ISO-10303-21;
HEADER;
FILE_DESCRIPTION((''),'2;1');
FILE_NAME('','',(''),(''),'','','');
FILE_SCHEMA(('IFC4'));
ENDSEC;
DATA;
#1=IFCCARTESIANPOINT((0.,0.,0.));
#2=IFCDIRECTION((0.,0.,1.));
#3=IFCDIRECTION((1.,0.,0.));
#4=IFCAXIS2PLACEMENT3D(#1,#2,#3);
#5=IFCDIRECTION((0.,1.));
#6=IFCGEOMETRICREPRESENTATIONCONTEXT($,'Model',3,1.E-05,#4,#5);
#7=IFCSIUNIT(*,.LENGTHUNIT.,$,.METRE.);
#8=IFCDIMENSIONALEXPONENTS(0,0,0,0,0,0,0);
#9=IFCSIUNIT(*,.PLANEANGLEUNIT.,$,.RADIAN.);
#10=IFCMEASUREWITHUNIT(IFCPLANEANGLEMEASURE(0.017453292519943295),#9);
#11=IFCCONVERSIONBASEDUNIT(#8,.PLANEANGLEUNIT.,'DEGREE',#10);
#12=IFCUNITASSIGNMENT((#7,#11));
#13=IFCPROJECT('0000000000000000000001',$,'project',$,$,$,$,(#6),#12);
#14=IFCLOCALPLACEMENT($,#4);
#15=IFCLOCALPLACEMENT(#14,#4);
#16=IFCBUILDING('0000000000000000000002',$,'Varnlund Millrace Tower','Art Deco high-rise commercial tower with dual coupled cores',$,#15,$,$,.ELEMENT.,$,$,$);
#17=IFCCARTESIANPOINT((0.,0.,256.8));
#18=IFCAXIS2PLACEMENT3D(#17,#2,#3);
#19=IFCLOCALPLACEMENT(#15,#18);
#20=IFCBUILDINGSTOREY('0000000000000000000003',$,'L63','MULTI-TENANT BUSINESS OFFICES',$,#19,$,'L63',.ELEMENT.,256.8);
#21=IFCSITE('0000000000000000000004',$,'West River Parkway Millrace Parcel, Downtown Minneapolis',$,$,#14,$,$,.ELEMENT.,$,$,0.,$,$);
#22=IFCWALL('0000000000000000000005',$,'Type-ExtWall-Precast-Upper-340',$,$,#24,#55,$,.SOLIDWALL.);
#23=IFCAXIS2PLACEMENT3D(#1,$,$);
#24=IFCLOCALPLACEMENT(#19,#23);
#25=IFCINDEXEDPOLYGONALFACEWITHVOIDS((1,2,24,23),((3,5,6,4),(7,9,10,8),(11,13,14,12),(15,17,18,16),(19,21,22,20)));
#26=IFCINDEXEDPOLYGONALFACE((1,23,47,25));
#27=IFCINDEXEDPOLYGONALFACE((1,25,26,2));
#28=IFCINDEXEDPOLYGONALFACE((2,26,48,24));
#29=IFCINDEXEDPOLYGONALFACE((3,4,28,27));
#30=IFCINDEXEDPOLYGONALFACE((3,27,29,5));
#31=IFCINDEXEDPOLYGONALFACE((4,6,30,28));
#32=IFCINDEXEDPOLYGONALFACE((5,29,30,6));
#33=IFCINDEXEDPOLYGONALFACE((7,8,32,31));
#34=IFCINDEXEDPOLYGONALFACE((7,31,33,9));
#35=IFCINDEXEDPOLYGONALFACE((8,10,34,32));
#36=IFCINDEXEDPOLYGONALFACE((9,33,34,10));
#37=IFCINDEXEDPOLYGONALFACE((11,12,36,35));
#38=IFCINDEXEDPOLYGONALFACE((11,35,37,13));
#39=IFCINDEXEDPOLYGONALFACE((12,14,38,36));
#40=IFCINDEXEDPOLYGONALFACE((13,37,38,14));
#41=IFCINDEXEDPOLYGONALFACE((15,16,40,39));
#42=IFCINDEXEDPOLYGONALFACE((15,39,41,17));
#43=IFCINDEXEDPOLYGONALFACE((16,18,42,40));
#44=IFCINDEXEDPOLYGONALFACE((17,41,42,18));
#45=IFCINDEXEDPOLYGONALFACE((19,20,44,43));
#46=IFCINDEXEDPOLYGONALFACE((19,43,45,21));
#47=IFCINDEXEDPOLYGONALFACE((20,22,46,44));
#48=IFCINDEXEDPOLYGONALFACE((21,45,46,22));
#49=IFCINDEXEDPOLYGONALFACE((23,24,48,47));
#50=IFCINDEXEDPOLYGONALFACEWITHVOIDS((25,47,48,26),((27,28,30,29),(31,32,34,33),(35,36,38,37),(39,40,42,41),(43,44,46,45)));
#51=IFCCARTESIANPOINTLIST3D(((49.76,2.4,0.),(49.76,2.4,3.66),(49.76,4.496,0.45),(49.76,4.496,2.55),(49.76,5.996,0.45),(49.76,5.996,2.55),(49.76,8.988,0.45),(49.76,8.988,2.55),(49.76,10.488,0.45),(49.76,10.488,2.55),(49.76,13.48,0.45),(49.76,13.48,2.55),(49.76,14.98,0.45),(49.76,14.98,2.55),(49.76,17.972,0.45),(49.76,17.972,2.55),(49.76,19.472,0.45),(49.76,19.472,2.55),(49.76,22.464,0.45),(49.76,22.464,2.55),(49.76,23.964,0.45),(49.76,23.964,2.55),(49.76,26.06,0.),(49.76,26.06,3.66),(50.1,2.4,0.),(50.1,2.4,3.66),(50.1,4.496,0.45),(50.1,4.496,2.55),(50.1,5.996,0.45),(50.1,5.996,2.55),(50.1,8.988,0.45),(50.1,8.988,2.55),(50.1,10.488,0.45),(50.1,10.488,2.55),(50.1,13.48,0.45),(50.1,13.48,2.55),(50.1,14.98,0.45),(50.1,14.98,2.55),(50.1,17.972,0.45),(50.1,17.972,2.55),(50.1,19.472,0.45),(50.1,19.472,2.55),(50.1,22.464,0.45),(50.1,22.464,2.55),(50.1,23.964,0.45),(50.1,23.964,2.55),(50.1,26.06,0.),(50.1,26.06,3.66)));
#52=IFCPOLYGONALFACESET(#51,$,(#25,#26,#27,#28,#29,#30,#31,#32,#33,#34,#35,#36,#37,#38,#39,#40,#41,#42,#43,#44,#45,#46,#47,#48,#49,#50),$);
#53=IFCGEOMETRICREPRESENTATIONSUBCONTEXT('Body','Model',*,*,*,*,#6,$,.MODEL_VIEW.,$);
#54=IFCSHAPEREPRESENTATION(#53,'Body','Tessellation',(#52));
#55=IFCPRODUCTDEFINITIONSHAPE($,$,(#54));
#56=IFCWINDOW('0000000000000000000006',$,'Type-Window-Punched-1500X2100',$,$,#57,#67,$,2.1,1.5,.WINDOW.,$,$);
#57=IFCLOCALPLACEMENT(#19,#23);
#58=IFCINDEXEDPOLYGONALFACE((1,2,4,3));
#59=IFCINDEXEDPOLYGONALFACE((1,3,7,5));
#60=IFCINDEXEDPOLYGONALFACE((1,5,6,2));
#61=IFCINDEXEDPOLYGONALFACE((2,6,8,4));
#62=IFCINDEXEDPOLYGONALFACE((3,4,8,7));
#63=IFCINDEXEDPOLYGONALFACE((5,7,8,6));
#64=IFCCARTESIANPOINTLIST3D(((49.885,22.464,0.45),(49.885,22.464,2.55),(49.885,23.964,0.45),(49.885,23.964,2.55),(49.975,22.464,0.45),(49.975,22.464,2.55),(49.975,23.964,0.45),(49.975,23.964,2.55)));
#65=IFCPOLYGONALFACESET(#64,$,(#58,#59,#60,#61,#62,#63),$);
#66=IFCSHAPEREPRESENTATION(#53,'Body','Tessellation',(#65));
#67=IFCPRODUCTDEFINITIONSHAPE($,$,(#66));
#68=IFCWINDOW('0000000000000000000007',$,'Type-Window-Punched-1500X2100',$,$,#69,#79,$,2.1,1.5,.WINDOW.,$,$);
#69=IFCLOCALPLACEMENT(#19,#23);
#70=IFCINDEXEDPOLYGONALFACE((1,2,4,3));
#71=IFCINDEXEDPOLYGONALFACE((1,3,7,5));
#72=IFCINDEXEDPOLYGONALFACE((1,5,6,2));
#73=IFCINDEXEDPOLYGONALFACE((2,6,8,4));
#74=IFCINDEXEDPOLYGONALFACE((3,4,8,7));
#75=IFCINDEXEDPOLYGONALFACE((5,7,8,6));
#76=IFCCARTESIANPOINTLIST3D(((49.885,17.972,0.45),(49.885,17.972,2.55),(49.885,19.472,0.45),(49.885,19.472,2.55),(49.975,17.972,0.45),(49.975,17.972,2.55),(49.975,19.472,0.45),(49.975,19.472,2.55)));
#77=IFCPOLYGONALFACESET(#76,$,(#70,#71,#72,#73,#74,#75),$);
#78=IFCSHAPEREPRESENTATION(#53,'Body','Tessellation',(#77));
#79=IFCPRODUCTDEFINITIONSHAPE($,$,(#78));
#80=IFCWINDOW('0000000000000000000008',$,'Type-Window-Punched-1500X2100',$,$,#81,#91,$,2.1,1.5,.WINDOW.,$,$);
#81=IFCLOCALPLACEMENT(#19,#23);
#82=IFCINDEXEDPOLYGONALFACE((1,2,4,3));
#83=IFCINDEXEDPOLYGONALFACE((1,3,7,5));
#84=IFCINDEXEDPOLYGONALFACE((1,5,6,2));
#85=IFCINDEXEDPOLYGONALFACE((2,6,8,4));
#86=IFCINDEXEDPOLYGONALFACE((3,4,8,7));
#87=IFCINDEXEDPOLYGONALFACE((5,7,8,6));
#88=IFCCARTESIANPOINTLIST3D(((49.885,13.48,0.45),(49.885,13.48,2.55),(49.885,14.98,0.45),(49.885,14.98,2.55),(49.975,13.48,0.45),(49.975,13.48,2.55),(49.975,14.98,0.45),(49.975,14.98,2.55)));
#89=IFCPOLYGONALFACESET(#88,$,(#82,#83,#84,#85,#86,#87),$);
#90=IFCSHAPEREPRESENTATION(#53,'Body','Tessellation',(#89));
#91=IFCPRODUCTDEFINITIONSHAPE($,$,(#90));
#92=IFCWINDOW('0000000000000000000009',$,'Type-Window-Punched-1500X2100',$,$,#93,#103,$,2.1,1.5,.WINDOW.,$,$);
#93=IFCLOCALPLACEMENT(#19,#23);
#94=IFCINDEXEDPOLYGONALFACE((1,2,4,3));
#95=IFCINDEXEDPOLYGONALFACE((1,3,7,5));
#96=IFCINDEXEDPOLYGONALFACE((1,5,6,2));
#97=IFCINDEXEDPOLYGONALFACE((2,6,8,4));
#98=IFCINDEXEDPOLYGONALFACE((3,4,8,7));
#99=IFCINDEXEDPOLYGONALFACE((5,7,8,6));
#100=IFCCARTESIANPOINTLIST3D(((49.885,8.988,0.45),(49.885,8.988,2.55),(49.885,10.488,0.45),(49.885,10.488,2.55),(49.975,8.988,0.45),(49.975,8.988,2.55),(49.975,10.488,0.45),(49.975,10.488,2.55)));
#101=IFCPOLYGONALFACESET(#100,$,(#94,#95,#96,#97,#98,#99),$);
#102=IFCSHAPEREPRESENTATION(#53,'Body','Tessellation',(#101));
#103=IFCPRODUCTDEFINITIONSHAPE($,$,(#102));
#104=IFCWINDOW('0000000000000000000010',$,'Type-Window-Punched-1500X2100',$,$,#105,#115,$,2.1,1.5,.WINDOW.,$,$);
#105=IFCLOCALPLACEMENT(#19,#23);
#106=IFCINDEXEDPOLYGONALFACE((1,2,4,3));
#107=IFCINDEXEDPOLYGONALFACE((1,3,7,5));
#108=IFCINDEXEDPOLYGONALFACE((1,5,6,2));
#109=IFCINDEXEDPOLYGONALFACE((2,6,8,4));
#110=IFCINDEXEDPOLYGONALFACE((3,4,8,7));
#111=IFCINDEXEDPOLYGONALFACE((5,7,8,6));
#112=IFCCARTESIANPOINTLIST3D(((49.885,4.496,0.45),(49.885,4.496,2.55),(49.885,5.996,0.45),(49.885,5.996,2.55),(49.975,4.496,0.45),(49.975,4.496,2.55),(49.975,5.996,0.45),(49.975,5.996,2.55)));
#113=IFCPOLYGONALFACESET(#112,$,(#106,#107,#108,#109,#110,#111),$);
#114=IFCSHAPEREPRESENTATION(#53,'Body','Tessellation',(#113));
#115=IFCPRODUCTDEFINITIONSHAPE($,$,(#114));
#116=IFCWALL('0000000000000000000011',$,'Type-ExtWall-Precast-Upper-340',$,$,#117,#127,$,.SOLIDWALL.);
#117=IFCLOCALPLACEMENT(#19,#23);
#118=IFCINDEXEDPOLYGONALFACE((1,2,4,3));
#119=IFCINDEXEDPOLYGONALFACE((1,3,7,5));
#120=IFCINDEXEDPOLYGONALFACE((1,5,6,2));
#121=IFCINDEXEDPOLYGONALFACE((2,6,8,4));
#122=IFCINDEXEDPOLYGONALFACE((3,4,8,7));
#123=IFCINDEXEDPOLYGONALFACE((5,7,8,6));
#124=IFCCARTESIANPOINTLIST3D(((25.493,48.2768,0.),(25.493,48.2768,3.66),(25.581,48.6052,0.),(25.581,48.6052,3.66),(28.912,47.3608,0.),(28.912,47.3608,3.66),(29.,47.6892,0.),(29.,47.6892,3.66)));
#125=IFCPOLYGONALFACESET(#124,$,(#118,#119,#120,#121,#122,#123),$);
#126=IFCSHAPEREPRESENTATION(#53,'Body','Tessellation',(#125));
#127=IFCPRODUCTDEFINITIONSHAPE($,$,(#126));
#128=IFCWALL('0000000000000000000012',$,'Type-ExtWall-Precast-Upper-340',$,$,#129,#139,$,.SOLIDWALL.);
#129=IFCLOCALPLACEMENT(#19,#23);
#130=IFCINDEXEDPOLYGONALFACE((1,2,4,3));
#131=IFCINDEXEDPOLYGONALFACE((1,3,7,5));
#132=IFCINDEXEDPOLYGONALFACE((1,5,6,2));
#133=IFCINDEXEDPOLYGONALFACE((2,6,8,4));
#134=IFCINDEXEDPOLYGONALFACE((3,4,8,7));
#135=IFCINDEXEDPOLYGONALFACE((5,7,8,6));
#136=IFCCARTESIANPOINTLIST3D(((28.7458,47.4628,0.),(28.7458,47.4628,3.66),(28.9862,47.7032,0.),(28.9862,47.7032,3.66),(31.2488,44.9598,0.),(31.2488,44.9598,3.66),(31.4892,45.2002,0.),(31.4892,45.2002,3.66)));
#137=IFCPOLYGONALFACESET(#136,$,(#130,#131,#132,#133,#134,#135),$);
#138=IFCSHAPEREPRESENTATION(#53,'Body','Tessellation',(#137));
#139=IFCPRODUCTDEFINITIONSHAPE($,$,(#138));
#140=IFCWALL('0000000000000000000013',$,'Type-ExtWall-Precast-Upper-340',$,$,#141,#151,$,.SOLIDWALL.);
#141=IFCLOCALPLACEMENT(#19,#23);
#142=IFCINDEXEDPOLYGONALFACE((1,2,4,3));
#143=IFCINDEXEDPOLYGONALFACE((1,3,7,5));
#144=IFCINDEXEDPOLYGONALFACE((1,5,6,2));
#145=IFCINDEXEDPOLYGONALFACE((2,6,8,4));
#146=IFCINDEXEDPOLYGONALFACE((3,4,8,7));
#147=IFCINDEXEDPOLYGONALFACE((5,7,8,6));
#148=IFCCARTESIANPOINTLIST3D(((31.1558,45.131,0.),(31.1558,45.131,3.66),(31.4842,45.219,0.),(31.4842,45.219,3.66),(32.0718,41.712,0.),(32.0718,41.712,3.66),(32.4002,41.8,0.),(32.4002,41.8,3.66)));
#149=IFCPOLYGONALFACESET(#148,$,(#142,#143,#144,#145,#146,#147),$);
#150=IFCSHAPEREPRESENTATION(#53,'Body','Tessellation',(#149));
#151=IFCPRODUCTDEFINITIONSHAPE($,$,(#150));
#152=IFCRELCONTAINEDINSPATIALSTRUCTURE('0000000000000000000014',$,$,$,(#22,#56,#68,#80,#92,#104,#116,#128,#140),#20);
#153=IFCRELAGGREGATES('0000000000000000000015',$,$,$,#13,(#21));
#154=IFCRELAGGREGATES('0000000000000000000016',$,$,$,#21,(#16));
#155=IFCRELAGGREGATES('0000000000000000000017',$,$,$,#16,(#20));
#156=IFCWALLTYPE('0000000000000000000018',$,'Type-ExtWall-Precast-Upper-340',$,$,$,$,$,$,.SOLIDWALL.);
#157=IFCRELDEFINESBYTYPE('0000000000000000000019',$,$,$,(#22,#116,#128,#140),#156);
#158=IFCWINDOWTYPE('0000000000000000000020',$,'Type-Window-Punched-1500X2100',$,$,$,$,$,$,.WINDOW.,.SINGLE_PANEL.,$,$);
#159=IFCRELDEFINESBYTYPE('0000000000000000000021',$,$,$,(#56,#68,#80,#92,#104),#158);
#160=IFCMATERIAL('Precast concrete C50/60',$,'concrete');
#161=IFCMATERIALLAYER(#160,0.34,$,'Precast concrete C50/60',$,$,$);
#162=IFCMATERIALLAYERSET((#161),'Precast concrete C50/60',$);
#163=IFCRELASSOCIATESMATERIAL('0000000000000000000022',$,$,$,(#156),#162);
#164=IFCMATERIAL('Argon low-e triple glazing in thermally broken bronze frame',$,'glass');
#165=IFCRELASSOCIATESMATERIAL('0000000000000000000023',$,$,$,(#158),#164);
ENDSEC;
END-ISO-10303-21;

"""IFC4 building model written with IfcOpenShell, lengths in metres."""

from ifc_helpers import new_model, entity, si_unit, converted_unit, direction, frame, origin_with_axes, origin_2d_with_axis, place, context, subcontext, project, spatial, polyline, rectangle, outline, extrude, material, layer, layer_set, type_object, element, fill, save


model = new_model("IFC4")

# Units and contexts
model_context = context("Model", 3, precision=1e-05, world=origin_with_axes(), true_north=direction((0.0, 1.0)))
body_context = subcontext(model_context, "Body", "Model", "MODEL_VIEW")
ifc_project = project(units=[si_unit("LENGTHUNIT", "METRE"), converted_unit("PLANEANGLEUNIT", "DEGREE", entity("IfcPlaneAngleMeasure", 0.017453292519943295), si_unit("PLANEANGLEUNIT", "RADIAN"), dimensions=[0, 0, 0, 0, 0, 0, 0])], contexts=[model_context])

# Site, building, storey
site_placement = place(None, origin_with_axes())
site = spatial("IfcSite", under=ifc_project, at=site_placement, Name="West River Parkway Millrace Parcel, Downtown Minneapolis", CompositionType="ELEMENT", RefElevation=0.0)
building_placement = place(site_placement, origin_with_axes())
building = spatial("IfcBuilding", under=site, at=building_placement, Name="Varnlund Millrace Tower", Description="Art Deco high-rise commercial tower with dual coupled cores", CompositionType="ELEMENT")
storey_placement = place(building_placement, frame((0.0, 0.0, 256.8), z_axis=(0.0, 0.0, 1.0), x_axis=(1.0, 0.0, 0.0)))
storey = spatial("IfcBuildingStorey", under=building, at=storey_placement, Name="L63", Description="MULTI-TENANT BUSINESS OFFICES", LongName="L63", CompositionType="ELEMENT", Elevation=256.8)

# Shared definitions
ifc_material_1 = material(Name="Precast concrete C50/60", Category="concrete")
ifc_layer_1 = layer(ifc_material_1, 0.34, Name="Precast concrete C50/60")
ifc_layer_set_1 = layer_set([ifc_layer_1], Name="Precast concrete C50/60")
wall_type_1 = type_object("IfcWallType", Name="Type-ExtWall-Precast-Upper-340", PredefinedType="SOLIDWALL", material=ifc_layer_set_1)
ifc_material_2 = material(Name="Argon low-e triple glazing in thermally broken bronze frame", Category="glass")
window_type = type_object("IfcWindowType", Name="Type-Window-Punched-1500X2100", PartitioningType="SINGLE_PANEL", PredefinedType="WINDOW", material=ifc_material_2)

# Wall, openings, windows
wall_1_placement = place(storey_placement, frame((49.93, 26.06, 0.0), z_axis=(0.0, 0.0, 1.0), x_axis=(0.0, -1.0, 0.0)))
wall_1 = element("IfcWall", 1, at=wall_1_placement, inside=storey, type_object=wall_type_1, Name="Type-ExtWall-Precast-Upper-340", PredefinedType="SOLIDWALL", context=body_context, shape_type="SweptSolid", body=[
    extrude(outline(polyline([(0.0, -0.17), (23.66, -0.17), (23.66, 0.17), (0.0, 0.17), (0.0, -0.17)])), origin_with_axes(), (0.0, 0.0, 1.0), 3.66),
])
opening_1_placement = place(wall_1_placement, frame((2.846, 0.0, 0.45), z_axis=(0.0, 0.0, 1.0), x_axis=(1.0, 0.0, 0.0)))
opening_1 = element("IfcOpeningElement", 2, at=opening_1_placement, cuts=wall_1, PredefinedType="OPENING", context=body_context, shape_type="SweptSolid", body=[
    extrude(rectangle(XDim=1.5, YDim=0.36, at=origin_2d_with_axis()), origin_with_axes(), (0.0, 0.0, 1.0), 2.1),
])
opening_2_placement = place(wall_1_placement, frame((7.338, 0.0, 0.45), z_axis=(0.0, 0.0, 1.0), x_axis=(1.0, 0.0, 0.0)))
opening_2 = element("IfcOpeningElement", 3, at=opening_2_placement, cuts=wall_1, PredefinedType="OPENING", context=body_context, shape_type="SweptSolid", body=[
    extrude(rectangle(XDim=1.5, YDim=0.36, at=origin_2d_with_axis()), origin_with_axes(), (0.0, 0.0, 1.0), 2.1),
])
opening_3_placement = place(wall_1_placement, frame((11.83, 0.0, 0.45), z_axis=(0.0, 0.0, 1.0), x_axis=(1.0, 0.0, 0.0)))
opening_3 = element("IfcOpeningElement", 4, at=opening_3_placement, cuts=wall_1, PredefinedType="OPENING", context=body_context, shape_type="SweptSolid", body=[
    extrude(rectangle(XDim=1.5, YDim=0.36, at=origin_2d_with_axis()), origin_with_axes(), (0.0, 0.0, 1.0), 2.1),
])
opening_4_placement = place(wall_1_placement, frame((16.322, 0.0, 0.45), z_axis=(0.0, 0.0, 1.0), x_axis=(1.0, 0.0, 0.0)))
opening_4 = element("IfcOpeningElement", 5, at=opening_4_placement, cuts=wall_1, PredefinedType="OPENING", context=body_context, shape_type="SweptSolid", body=[
    extrude(rectangle(XDim=1.5, YDim=0.36, at=origin_2d_with_axis()), origin_with_axes(), (0.0, 0.0, 1.0), 2.1),
])
opening_5_placement = place(wall_1_placement, frame((20.814, 0.0, 0.45), z_axis=(0.0, 0.0, 1.0), x_axis=(1.0, 0.0, 0.0)))
opening_5 = element("IfcOpeningElement", 6, at=opening_5_placement, cuts=wall_1, PredefinedType="OPENING", context=body_context, shape_type="SweptSolid", body=[
    extrude(rectangle(XDim=1.5, YDim=0.36, at=origin_2d_with_axis()), origin_with_axes(), (0.0, 0.0, 1.0), 2.1),
])
window_1_placement = place(wall_1_placement, frame((2.846, 0.0, 0.45), z_axis=(0.0, 0.0, 1.0), x_axis=(1.0, 0.0, 0.0)))
window_1 = element("IfcWindow", 7, at=window_1_placement, inside=storey, type_object=window_type, Name="Type-Window-Punched-1500X2100", OverallHeight=2.1, OverallWidth=1.5, PredefinedType="WINDOW", context=body_context, shape_type="SweptSolid", body=[
    extrude(rectangle(XDim=1.5, YDim=0.09, at=origin_2d_with_axis()), origin_with_axes(), (0.0, 0.0, 1.0), 2.1),
])
fill(opening_1, window_1)
window_2_placement = place(wall_1_placement, frame((7.338, 0.0, 0.45), z_axis=(0.0, 0.0, 1.0), x_axis=(1.0, 0.0, 0.0)))
window_2 = element("IfcWindow", 8, at=window_2_placement, inside=storey, type_object=window_type, Name="Type-Window-Punched-1500X2100", OverallHeight=2.1, OverallWidth=1.5, PredefinedType="WINDOW", context=body_context, shape_type="SweptSolid", body=[
    extrude(rectangle(XDim=1.5, YDim=0.09, at=origin_2d_with_axis()), origin_with_axes(), (0.0, 0.0, 1.0), 2.1),
])
fill(opening_2, window_2)
window_3_placement = place(wall_1_placement, frame((11.83, 0.0, 0.45), z_axis=(0.0, 0.0, 1.0), x_axis=(1.0, 0.0, 0.0)))
window_3 = element("IfcWindow", 9, at=window_3_placement, inside=storey, type_object=window_type, Name="Type-Window-Punched-1500X2100", OverallHeight=2.1, OverallWidth=1.5, PredefinedType="WINDOW", context=body_context, shape_type="SweptSolid", body=[
    extrude(rectangle(XDim=1.5, YDim=0.09, at=origin_2d_with_axis()), origin_with_axes(), (0.0, 0.0, 1.0), 2.1),
])
fill(opening_3, window_3)
window_4_placement = place(wall_1_placement, frame((16.322, 0.0, 0.45), z_axis=(0.0, 0.0, 1.0), x_axis=(1.0, 0.0, 0.0)))
window_4 = element("IfcWindow", 10, at=window_4_placement, inside=storey, type_object=window_type, Name="Type-Window-Punched-1500X2100", OverallHeight=2.1, OverallWidth=1.5, PredefinedType="WINDOW", context=body_context, shape_type="SweptSolid", body=[
    extrude(rectangle(XDim=1.5, YDim=0.09, at=origin_2d_with_axis()), origin_with_axes(), (0.0, 0.0, 1.0), 2.1),
])
fill(opening_4, window_4)
window_5_placement = place(wall_1_placement, frame((20.814, 0.0, 0.45), z_axis=(0.0, 0.0, 1.0), x_axis=(1.0, 0.0, 0.0)))
window_5 = element("IfcWindow", 11, at=window_5_placement, inside=storey, type_object=window_type, Name="Type-Window-Punched-1500X2100", OverallHeight=2.1, OverallWidth=1.5, PredefinedType="WINDOW", context=body_context, shape_type="SweptSolid", body=[
    extrude(rectangle(XDim=1.5, YDim=0.09, at=origin_2d_with_axis()), origin_with_axes(), (0.0, 0.0, 1.0), 2.1),
])
fill(opening_5, window_5)

# Walls
wall_2_placement = place(storey_placement, frame((25.537, 48.441, 0.0), z_axis=(0.0, 0.0, 1.0), x_axis=(0.965934, -0.258788, 0.0)))
element("IfcWall", 12, at=wall_2_placement, inside=storey, type_object=wall_type_1, Name="Type-ExtWall-Precast-Upper-340", PredefinedType="SOLIDWALL", context=body_context, shape_type="SweptSolid", body=[
    extrude(outline(polyline([(0.0, -0.17), (3.5396, -0.17), (3.5396, 0.17), (0.0, 0.17), (0.0, -0.17)])), origin_with_axes(), (0.0, 0.0, 1.0), 3.66),
])
wall_3_placement = place(storey_placement, frame((28.866, 47.583, 0.0), z_axis=(0.0, 0.0, 1.0), x_axis=(0.707107, -0.707107, 0.0)))
element("IfcWall", 13, at=wall_3_placement, inside=storey, type_object=wall_type_1, Name="Type-ExtWall-Precast-Upper-340", PredefinedType="SOLIDWALL", context=body_context, shape_type="SweptSolid", body=[
    extrude(outline(polyline([(0.0, -0.17), (3.5398, -0.17), (3.5398, 0.17), (0.0, 0.17), (0.0, -0.17)])), origin_with_axes(), (0.0, 0.0, 1.0), 3.66),
])
wall_4_placement = place(storey_placement, frame((31.32, 45.175, 0.0), z_axis=(0.0, 0.0, 1.0), x_axis=(0.258788, -0.965934, 0.0)))
element("IfcWall", 14, at=wall_4_placement, inside=storey, type_object=wall_type_1, Name="Type-ExtWall-Precast-Upper-340", PredefinedType="SOLIDWALL", context=body_context, shape_type="SweptSolid", body=[
    extrude(outline(polyline([(0.0, -0.17), (3.5396, -0.17), (3.5396, 0.17), (0.0, 0.17), (0.0, -0.17)])), origin_with_axes(), (0.0, 0.0, 1.0), 3.66),
])

save(model, "model.ifc")
